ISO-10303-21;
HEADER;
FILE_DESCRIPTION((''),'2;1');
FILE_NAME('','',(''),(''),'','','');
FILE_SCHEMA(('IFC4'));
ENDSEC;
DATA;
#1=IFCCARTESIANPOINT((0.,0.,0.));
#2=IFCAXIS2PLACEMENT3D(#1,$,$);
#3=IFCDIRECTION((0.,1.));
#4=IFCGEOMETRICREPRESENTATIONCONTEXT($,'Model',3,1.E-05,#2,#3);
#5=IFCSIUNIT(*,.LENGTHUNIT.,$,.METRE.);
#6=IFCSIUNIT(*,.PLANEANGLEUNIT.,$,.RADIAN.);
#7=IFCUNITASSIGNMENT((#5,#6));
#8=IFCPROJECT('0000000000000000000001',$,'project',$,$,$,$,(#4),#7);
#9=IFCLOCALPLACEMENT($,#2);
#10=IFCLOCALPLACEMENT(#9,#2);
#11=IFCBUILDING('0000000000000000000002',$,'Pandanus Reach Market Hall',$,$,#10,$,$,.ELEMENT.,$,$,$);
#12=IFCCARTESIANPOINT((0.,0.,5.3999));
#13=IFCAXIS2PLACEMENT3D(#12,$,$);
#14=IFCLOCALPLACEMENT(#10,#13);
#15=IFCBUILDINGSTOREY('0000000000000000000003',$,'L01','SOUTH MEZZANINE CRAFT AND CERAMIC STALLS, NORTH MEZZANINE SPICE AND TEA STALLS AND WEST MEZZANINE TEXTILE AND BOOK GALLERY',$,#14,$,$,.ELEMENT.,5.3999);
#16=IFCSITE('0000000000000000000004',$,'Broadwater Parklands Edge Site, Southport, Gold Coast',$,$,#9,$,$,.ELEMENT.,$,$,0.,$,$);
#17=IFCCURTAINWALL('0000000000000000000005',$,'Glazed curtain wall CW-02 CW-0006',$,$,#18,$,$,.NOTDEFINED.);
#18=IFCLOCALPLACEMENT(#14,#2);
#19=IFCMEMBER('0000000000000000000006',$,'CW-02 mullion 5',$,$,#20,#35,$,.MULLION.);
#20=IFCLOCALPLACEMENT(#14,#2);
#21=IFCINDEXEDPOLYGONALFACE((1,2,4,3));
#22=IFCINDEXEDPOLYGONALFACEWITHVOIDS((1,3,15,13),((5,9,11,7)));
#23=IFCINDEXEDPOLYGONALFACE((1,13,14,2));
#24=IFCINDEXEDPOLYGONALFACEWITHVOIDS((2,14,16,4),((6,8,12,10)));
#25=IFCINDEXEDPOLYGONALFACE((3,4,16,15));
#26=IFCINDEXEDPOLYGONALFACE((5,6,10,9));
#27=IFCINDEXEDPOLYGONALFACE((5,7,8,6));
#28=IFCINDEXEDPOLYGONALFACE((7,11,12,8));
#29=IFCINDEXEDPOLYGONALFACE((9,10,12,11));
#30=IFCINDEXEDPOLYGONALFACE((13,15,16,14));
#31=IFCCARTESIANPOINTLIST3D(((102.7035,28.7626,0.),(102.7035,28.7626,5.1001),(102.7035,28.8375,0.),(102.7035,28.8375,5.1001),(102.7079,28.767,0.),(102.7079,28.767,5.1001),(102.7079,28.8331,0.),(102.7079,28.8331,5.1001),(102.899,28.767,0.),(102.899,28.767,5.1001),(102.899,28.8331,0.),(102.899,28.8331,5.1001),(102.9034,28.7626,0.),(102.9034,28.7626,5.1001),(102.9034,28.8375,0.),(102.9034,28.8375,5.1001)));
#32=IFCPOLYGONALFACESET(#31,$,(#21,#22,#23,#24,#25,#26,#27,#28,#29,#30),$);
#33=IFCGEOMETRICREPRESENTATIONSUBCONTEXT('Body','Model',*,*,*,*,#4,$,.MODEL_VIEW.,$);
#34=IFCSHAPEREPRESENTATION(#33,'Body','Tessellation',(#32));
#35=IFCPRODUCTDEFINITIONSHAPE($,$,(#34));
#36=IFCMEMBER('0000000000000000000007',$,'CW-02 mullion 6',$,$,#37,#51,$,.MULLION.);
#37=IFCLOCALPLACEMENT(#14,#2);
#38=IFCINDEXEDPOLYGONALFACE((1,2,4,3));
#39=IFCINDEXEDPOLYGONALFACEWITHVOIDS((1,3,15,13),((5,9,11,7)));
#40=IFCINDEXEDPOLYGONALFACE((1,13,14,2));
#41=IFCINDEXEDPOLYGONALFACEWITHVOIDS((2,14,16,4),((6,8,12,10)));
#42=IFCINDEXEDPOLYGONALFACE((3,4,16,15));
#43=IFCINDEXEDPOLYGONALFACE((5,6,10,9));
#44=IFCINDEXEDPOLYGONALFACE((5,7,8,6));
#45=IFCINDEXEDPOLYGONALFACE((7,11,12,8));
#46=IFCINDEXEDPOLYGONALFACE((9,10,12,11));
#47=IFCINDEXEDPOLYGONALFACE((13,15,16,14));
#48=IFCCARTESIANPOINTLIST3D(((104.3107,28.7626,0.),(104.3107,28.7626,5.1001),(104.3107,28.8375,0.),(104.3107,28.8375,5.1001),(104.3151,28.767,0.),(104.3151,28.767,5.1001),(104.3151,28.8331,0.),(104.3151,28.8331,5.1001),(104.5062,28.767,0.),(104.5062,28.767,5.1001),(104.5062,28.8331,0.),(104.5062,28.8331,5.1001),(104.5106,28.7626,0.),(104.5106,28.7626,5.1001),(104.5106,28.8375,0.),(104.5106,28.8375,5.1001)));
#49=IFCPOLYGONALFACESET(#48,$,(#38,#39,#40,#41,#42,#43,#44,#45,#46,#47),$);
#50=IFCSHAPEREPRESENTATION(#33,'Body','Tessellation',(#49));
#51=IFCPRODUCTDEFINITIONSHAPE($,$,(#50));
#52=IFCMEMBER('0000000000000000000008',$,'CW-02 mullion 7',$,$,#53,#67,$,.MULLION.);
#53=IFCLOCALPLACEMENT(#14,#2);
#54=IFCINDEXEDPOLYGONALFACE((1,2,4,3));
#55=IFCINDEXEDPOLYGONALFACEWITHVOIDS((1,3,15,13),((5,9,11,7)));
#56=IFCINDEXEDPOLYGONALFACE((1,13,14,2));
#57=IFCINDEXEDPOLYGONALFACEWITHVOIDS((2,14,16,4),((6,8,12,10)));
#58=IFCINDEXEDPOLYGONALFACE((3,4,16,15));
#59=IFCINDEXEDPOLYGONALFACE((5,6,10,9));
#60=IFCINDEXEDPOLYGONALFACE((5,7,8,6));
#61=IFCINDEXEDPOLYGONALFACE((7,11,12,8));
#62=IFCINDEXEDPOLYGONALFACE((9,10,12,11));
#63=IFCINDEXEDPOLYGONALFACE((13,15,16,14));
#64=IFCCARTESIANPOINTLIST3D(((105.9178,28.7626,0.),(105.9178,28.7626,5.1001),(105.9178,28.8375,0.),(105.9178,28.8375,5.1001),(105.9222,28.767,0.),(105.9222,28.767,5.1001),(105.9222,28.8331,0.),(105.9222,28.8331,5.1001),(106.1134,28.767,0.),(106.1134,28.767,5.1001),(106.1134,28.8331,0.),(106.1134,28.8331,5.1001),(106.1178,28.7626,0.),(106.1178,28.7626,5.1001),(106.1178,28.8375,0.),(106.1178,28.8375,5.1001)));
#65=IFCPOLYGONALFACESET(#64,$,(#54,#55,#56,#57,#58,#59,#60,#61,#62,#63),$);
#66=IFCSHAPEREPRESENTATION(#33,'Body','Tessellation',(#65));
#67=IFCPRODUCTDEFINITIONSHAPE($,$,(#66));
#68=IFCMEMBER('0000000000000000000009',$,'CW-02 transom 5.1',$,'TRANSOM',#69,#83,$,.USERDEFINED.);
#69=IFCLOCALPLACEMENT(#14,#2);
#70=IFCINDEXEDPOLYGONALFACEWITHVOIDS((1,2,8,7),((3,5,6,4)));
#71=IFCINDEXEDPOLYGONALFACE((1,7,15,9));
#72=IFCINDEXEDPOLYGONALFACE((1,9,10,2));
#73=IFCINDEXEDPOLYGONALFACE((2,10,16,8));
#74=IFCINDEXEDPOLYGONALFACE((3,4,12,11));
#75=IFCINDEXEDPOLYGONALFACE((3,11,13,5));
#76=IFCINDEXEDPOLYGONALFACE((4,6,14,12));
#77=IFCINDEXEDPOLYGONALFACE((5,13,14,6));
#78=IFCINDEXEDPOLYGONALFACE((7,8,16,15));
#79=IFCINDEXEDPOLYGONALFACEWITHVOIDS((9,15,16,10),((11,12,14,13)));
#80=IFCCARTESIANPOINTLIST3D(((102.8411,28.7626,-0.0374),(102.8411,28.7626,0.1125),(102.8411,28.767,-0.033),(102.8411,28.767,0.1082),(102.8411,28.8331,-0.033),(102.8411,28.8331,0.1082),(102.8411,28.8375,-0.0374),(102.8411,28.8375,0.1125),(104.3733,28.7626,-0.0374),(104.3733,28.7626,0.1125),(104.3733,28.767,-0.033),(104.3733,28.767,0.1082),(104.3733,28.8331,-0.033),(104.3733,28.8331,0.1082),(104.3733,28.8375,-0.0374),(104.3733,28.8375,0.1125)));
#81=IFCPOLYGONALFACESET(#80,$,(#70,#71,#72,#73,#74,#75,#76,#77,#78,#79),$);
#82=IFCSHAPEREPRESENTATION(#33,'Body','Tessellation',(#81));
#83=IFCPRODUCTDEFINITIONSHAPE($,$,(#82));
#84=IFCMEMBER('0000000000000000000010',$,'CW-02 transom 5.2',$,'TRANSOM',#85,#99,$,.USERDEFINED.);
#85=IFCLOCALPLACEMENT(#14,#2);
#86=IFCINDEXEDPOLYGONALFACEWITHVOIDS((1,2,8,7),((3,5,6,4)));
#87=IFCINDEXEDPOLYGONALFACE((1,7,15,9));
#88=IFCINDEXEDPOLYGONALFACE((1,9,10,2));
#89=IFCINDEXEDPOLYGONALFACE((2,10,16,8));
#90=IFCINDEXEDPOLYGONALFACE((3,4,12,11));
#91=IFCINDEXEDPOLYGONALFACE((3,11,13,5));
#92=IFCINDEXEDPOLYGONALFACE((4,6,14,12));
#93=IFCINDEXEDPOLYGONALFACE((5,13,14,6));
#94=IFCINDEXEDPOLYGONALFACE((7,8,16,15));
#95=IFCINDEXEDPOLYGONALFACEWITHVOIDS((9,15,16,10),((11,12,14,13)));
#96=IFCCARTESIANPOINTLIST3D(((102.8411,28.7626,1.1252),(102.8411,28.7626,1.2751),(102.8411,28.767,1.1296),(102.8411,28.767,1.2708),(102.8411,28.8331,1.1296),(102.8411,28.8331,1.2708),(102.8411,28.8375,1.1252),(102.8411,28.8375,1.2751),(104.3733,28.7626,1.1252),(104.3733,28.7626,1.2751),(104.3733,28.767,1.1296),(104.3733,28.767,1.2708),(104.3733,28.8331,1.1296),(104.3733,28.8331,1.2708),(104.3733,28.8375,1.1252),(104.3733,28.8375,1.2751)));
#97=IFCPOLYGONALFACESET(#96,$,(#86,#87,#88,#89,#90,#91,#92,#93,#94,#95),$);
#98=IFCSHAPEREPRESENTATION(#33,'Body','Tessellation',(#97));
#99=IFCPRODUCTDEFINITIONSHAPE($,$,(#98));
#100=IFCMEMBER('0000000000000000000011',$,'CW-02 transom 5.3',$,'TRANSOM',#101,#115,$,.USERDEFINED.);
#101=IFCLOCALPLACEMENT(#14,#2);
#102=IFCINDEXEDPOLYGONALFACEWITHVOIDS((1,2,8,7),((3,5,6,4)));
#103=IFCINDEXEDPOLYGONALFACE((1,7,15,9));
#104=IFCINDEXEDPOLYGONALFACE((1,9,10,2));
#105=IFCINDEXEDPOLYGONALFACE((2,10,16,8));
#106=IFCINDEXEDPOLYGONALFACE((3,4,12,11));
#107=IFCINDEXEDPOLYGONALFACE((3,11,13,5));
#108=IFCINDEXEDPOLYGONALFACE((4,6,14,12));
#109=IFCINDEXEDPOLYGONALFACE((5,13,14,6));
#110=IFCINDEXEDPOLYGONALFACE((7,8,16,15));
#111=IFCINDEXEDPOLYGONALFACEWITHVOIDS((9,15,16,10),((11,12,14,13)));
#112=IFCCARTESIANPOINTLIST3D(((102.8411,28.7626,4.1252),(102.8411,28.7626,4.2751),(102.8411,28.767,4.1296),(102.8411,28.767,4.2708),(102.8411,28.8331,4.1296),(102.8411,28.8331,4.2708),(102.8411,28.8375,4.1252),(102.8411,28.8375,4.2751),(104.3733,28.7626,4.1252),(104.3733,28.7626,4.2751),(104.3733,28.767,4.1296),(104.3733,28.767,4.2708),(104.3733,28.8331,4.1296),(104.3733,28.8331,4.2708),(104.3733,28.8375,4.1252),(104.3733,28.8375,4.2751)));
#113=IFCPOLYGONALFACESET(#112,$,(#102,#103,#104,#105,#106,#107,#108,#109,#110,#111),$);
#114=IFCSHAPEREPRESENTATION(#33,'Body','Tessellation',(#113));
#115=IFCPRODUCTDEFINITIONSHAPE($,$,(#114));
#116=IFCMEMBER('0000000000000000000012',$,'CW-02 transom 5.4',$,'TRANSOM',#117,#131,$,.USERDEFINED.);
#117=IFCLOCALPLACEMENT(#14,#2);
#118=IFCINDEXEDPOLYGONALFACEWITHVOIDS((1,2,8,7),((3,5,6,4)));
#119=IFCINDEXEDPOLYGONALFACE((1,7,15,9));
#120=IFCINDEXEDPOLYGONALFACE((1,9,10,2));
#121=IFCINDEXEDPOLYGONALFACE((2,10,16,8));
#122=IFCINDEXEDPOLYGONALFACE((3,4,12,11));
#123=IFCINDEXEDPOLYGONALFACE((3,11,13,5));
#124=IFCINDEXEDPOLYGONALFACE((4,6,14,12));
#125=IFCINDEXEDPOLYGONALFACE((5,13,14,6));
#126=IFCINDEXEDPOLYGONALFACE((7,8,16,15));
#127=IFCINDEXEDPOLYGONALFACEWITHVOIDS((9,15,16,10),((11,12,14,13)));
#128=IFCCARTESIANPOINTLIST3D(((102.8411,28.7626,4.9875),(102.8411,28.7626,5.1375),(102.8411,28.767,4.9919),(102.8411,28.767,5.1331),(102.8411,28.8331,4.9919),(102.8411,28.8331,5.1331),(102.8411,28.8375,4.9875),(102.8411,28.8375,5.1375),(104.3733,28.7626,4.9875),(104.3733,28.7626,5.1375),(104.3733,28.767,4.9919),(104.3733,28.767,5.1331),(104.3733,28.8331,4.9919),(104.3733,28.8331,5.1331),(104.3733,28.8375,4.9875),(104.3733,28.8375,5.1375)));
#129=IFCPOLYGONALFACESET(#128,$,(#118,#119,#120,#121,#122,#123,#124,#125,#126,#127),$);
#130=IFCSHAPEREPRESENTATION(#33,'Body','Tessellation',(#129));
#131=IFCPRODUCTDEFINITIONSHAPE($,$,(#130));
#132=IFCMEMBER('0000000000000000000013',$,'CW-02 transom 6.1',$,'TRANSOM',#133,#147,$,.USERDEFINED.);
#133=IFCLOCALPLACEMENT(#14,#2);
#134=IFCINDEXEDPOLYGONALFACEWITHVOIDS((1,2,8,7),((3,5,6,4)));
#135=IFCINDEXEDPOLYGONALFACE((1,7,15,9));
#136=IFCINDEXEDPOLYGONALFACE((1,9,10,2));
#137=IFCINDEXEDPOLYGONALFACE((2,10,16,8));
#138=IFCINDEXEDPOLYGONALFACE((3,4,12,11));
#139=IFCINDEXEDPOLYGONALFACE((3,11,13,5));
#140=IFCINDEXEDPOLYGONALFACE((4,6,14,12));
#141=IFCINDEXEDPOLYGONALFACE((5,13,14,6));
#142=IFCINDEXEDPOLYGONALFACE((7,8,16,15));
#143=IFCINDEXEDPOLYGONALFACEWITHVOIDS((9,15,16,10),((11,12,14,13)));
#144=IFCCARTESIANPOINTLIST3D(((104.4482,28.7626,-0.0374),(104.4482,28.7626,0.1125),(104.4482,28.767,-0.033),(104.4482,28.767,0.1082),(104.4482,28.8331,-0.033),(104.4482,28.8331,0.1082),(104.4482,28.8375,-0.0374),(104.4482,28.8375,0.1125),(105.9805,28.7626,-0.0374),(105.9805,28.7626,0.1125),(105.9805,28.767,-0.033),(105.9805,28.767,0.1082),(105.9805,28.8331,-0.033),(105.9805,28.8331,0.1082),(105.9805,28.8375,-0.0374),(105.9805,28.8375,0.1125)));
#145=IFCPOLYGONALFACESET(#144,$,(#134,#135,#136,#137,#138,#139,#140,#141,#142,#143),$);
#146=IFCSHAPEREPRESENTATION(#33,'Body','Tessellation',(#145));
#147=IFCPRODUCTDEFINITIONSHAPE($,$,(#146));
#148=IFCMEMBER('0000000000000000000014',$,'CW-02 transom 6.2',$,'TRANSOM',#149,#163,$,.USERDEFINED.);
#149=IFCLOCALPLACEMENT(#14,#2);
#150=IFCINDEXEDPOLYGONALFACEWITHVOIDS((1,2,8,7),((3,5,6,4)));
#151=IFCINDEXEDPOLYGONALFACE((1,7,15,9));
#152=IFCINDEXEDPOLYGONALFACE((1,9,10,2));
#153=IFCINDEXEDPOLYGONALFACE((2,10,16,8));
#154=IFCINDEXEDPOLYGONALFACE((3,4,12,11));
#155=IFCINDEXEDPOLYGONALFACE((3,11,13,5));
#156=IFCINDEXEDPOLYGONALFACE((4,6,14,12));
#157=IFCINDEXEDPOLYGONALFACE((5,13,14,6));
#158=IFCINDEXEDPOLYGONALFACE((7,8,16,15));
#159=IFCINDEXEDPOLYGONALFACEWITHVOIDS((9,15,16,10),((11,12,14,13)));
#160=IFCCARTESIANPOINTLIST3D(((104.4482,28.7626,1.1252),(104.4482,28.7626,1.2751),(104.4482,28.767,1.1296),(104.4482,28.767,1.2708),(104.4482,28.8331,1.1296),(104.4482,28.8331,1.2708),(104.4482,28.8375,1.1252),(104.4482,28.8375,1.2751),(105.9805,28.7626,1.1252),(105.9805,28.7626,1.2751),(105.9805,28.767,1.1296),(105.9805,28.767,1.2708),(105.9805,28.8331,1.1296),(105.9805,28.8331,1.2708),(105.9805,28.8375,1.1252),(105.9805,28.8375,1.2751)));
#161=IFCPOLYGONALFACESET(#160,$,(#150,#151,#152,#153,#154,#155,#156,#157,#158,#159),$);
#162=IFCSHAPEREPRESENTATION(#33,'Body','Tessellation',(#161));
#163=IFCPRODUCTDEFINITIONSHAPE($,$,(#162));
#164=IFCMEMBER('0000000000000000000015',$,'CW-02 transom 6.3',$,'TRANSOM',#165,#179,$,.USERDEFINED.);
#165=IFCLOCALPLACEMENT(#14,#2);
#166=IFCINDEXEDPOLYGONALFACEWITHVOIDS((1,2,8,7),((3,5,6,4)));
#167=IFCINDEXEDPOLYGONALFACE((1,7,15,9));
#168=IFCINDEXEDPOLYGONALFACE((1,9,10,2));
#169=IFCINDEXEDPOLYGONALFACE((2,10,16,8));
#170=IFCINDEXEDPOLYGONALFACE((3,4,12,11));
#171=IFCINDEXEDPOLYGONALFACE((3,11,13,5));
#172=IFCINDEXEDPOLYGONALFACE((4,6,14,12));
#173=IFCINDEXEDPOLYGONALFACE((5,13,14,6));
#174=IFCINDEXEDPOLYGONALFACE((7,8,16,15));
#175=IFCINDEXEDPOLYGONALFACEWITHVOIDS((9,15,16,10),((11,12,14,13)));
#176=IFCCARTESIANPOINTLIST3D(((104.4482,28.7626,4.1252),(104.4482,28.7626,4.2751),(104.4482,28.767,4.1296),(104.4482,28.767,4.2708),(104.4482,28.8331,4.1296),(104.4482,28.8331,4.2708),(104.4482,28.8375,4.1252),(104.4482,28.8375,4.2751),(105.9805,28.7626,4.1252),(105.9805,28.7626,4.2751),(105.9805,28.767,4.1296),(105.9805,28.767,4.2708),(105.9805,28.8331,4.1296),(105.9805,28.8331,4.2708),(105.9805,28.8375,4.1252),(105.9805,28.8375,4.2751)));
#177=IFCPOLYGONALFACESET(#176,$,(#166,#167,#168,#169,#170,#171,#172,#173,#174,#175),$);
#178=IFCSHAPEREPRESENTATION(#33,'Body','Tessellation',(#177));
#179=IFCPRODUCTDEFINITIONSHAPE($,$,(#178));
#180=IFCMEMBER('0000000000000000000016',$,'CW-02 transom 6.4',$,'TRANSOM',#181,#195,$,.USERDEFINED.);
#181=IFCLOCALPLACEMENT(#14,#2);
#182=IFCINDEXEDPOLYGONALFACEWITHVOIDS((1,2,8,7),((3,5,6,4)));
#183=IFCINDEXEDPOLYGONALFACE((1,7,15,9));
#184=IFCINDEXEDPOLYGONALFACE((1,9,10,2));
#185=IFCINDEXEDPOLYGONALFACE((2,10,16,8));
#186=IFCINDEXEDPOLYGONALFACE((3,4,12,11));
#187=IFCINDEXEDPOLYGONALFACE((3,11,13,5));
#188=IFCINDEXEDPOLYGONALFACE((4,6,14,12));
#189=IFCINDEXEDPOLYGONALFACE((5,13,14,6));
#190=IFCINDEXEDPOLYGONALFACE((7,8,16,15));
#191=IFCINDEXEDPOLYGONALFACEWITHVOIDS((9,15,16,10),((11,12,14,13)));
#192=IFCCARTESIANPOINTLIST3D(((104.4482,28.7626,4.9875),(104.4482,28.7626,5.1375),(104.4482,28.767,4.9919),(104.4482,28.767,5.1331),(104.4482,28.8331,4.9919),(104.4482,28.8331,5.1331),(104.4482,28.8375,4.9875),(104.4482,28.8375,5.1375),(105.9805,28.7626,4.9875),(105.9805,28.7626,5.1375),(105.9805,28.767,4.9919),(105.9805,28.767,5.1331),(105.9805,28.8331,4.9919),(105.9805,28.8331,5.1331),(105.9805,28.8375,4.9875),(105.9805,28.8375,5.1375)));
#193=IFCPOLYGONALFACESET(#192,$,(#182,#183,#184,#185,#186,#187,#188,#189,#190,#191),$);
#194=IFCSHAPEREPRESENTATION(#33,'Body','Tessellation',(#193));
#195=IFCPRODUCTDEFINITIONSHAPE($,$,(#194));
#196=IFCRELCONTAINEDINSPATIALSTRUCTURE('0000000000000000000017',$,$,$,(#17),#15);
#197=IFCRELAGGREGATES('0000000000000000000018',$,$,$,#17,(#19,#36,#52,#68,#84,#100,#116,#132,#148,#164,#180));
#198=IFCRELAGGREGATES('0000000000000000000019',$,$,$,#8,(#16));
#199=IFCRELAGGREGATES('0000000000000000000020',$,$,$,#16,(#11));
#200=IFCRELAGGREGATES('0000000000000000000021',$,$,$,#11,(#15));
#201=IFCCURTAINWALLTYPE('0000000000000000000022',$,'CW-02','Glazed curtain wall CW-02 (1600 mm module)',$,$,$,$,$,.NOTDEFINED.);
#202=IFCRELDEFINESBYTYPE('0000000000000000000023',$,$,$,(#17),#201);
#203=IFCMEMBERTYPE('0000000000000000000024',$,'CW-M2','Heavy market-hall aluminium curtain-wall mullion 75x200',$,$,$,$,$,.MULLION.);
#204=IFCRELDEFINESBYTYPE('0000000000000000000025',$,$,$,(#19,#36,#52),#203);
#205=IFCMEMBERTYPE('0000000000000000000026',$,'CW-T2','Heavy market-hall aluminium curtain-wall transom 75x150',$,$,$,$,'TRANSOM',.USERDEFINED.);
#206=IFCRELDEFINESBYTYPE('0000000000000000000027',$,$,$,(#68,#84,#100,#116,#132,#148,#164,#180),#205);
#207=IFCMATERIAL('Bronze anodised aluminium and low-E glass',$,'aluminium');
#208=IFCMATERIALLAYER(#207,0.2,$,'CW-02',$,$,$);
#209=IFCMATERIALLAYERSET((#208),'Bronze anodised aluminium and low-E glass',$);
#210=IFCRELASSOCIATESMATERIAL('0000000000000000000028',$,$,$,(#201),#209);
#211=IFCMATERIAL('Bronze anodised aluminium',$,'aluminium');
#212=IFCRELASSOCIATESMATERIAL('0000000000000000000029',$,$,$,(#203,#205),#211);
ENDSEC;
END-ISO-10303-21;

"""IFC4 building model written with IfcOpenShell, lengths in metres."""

from ifc_helpers import new_model, si_unit, direction, frame, origin, origin_2d, place, context, subcontext, project, spatial, hollow_rectangle, extrude, material, layer, layer_set, material_profile, profile_set, type_object, element, aggregate, save


model = new_model("IFC4")

# Units and contexts
model_context = context("Model", 3, precision=1e-05, world=origin(), true_north=direction((0.0, 1.0)))
body_context = subcontext(model_context, "Body", "Model", "MODEL_VIEW")
ifc_project = project(units=[si_unit("LENGTHUNIT", "METRE"), si_unit("PLANEANGLEUNIT", "RADIAN")], contexts=[model_context])

# Site, building, storey
site_placement = place(None, origin())
site = spatial("IfcSite", under=ifc_project, at=site_placement, Name="Broadwater Parklands Edge Site, Southport, Gold Coast", CompositionType="ELEMENT", RefElevation=0.0)
building_placement = place(site_placement, origin())
building = spatial("IfcBuilding", under=site, at=building_placement, Name="Pandanus Reach Market Hall", CompositionType="ELEMENT")
storey_placement = place(building_placement, frame((0.0, 0.0, 5.3999)))
storey = spatial("IfcBuildingStorey", under=building, at=storey_placement, Name="L01", Description="SOUTH MEZZANINE CRAFT AND CERAMIC STALLS, NORTH MEZZANINE SPICE AND TEA STALLS AND WEST MEZZANINE TEXTILE AND BOOK GALLERY", CompositionType="ELEMENT", Elevation=5.3999)

# Curtain wall, members
ifc_material_1 = material(Name="Bronze anodised aluminium and low-E glass", Category="aluminium")
ifc_layer_1 = layer(ifc_material_1, 0.2, Name="CW-02")
ifc_layer_set_1 = layer_set([ifc_layer_1], Name="Bronze anodised aluminium and low-E glass")
curtain_wall_type = type_object("IfcCurtainWallType", Name="CW-02", Description="Glazed curtain wall CW-02 (1600 mm module)", PredefinedType="NOTDEFINED", material=ifc_layer_set_1)
curtain_wall_placement = place(storey_placement, origin())
curtain_wall = element("IfcCurtainWall", 1, at=curtain_wall_placement, inside=storey, type_object=curtain_wall_type, Name="Glazed curtain wall CW-02 CW-0006", PredefinedType="NOTDEFINED")
ifc_material_2 = material(Name="Bronze anodised aluminium", Category="aluminium")
ifc_material_profile_1 = material_profile(ifc_material_2, hollow_rectangle(XDim=0.075, YDim=0.2, WallThickness=0.0044, at=origin_2d()), Name="ALU75x200", Category="LoadBearing")
ifc_profile_set_1 = profile_set([ifc_material_profile_1], Name="Bronze anodised aluminium")
member_type_1 = type_object("IfcMemberType", Name="CW-M2", Description="Heavy market-hall aluminium curtain-wall mullion 75x200", PredefinedType="MULLION", material=ifc_profile_set_1)
member_1_placement = place(storey_placement, frame((102.8035, 28.8, 0.0), z_axis=(0.0, 0.0, 1.0), x_axis=(0.0, 1.0, 0.0)))
member_1 = element("IfcMember", 2, at=member_1_placement, type_object=member_type_1, Name="CW-02 mullion 5", PredefinedType="MULLION", context=body_context, shape_type="SweptSolid", body=[
    extrude(hollow_rectangle(XDim=0.075, YDim=0.2, WallThickness=0.0044, at=origin_2d()), origin(), (0.0, 0.0, 1.0), 5.1001),
])
member_2_placement = place(storey_placement, frame((104.4106, 28.8, 0.0), z_axis=(0.0, 0.0, 1.0), x_axis=(0.0, 1.0, 0.0)))
member_2 = element("IfcMember", 3, at=member_2_placement, type_object=member_type_1, Name="CW-02 mullion 6", PredefinedType="MULLION", context=body_context, shape_type="SweptSolid", body=[
    extrude(hollow_rectangle(XDim=0.075, YDim=0.2, WallThickness=0.0044, at=origin_2d()), origin(), (0.0, 0.0, 1.0), 5.1001),
])
member_3_placement = place(storey_placement, frame((106.0178, 28.8, 0.0), z_axis=(0.0, 0.0, 1.0), x_axis=(0.0, 1.0, 0.0)))
member_3 = element("IfcMember", 4, at=member_3_placement, type_object=member_type_1, Name="CW-02 mullion 7", PredefinedType="MULLION", context=body_context, shape_type="SweptSolid", body=[
    extrude(hollow_rectangle(XDim=0.075, YDim=0.2, WallThickness=0.0044, at=origin_2d()), origin(), (0.0, 0.0, 1.0), 5.1001),
])
ifc_material_profile_2 = material_profile(ifc_material_2, hollow_rectangle(XDim=0.075, YDim=0.1499, WallThickness=0.0044, at=origin_2d()), Name="ALU75x150", Category="LoadBearing")
ifc_profile_set_2 = profile_set([ifc_material_profile_2], Name="Bronze anodised aluminium")
member_type_2 = type_object("IfcMemberType", Name="CW-T2", Description="Heavy market-hall aluminium curtain-wall transom 75x150", ElementType="TRANSOM", PredefinedType="USERDEFINED", material=ifc_profile_set_2)
member_4_placement = place(storey_placement, frame((102.8411, 28.8, 0.0376), z_axis=(1.0, 0.0, 0.0), x_axis=(0.0, 1.0, 0.0)))
member_4 = element("IfcMember", 5, at=member_4_placement, type_object=member_type_2, Name="CW-02 transom 5.1", ObjectType="TRANSOM", PredefinedType="USERDEFINED", context=body_context, shape_type="SweptSolid", body=[
    extrude(hollow_rectangle(XDim=0.075, YDim=0.1499, WallThickness=0.0044, at=origin_2d()), origin(), (0.0, 0.0, 1.0), 1.5322),
])
member_5_placement = place(storey_placement, frame((102.8411, 28.8, 1.2002), z_axis=(1.0, 0.0, 0.0), x_axis=(0.0, 1.0, 0.0)))
member_5 = element("IfcMember", 6, at=member_5_placement, type_object=member_type_2, Name="CW-02 transom 5.2", ObjectType="TRANSOM", PredefinedType="USERDEFINED", context=body_context, shape_type="SweptSolid", body=[
    extrude(hollow_rectangle(XDim=0.075, YDim=0.1499, WallThickness=0.0044, at=origin_2d()), origin(), (0.0, 0.0, 1.0), 1.5322),
])
member_6_placement = place(storey_placement, frame((102.8411, 28.8, 4.2002), z_axis=(1.0, 0.0, 0.0), x_axis=(0.0, 1.0, 0.0)))
member_6 = element("IfcMember", 7, at=member_6_placement, type_object=member_type_2, Name="CW-02 transom 5.3", ObjectType="TRANSOM", PredefinedType="USERDEFINED", context=body_context, shape_type="SweptSolid", body=[
    extrude(hollow_rectangle(XDim=0.075, YDim=0.1499, WallThickness=0.0044, at=origin_2d()), origin(), (0.0, 0.0, 1.0), 1.5322),
])
member_7_placement = place(storey_placement, frame((102.8411, 28.8, 5.0625), z_axis=(1.0, 0.0, 0.0), x_axis=(0.0, 1.0, 0.0)))
member_7 = element("IfcMember", 8, at=member_7_placement, type_object=member_type_2, Name="CW-02 transom 5.4", ObjectType="TRANSOM", PredefinedType="USERDEFINED", context=body_context, shape_type="SweptSolid", body=[
    extrude(hollow_rectangle(XDim=0.075, YDim=0.1499, WallThickness=0.0044, at=origin_2d()), origin(), (0.0, 0.0, 1.0), 1.5322),
])
member_8_placement = place(storey_placement, frame((104.4482, 28.8, 0.0376), z_axis=(1.0, 0.0, 0.0), x_axis=(0.0, 1.0, 0.0)))
member_8 = element("IfcMember", 9, at=member_8_placement, type_object=member_type_2, Name="CW-02 transom 6.1", ObjectType="TRANSOM", PredefinedType="USERDEFINED", context=body_context, shape_type="SweptSolid", body=[
    extrude(hollow_rectangle(XDim=0.075, YDim=0.1499, WallThickness=0.0044, at=origin_2d()), origin(), (0.0, 0.0, 1.0), 1.5322),
])
member_9_placement = place(storey_placement, frame((104.4482, 28.8, 1.2002), z_axis=(1.0, 0.0, 0.0), x_axis=(0.0, 1.0, 0.0)))
member_9 = element("IfcMember", 10, at=member_9_placement, type_object=member_type_2, Name="CW-02 transom 6.2", ObjectType="TRANSOM", PredefinedType="USERDEFINED", context=body_context, shape_type="SweptSolid", body=[
    extrude(hollow_rectangle(XDim=0.075, YDim=0.1499, WallThickness=0.0044, at=origin_2d()), origin(), (0.0, 0.0, 1.0), 1.5322),
])
member_10_placement = place(storey_placement, frame((104.4482, 28.8, 4.2002), z_axis=(1.0, 0.0, 0.0), x_axis=(0.0, 1.0, 0.0)))
member_10 = element("IfcMember", 11, at=member_10_placement, type_object=member_type_2, Name="CW-02 transom 6.3", ObjectType="TRANSOM", PredefinedType="USERDEFINED", context=body_context, shape_type="SweptSolid", body=[
    extrude(hollow_rectangle(XDim=0.075, YDim=0.1499, WallThickness=0.0044, at=origin_2d()), origin(), (0.0, 0.0, 1.0), 1.5322),
])
member_11_placement = place(storey_placement, frame((104.4482, 28.8, 5.0625), z_axis=(1.0, 0.0, 0.0), x_axis=(0.0, 1.0, 0.0)))
member_11 = element("IfcMember", 12, at=member_11_placement, type_object=member_type_2, Name="CW-02 transom 6.4", ObjectType="TRANSOM", PredefinedType="USERDEFINED", context=body_context, shape_type="SweptSolid", body=[
    extrude(hollow_rectangle(XDim=0.075, YDim=0.1499, WallThickness=0.0044, at=origin_2d()), origin(), (0.0, 0.0, 1.0), 1.5322),
])
aggregate(curtain_wall, [member_1, member_2, member_3, member_4, member_5, member_6, member_7, member_8, member_9, member_10, member_11])

save(model, "model.ifc")
